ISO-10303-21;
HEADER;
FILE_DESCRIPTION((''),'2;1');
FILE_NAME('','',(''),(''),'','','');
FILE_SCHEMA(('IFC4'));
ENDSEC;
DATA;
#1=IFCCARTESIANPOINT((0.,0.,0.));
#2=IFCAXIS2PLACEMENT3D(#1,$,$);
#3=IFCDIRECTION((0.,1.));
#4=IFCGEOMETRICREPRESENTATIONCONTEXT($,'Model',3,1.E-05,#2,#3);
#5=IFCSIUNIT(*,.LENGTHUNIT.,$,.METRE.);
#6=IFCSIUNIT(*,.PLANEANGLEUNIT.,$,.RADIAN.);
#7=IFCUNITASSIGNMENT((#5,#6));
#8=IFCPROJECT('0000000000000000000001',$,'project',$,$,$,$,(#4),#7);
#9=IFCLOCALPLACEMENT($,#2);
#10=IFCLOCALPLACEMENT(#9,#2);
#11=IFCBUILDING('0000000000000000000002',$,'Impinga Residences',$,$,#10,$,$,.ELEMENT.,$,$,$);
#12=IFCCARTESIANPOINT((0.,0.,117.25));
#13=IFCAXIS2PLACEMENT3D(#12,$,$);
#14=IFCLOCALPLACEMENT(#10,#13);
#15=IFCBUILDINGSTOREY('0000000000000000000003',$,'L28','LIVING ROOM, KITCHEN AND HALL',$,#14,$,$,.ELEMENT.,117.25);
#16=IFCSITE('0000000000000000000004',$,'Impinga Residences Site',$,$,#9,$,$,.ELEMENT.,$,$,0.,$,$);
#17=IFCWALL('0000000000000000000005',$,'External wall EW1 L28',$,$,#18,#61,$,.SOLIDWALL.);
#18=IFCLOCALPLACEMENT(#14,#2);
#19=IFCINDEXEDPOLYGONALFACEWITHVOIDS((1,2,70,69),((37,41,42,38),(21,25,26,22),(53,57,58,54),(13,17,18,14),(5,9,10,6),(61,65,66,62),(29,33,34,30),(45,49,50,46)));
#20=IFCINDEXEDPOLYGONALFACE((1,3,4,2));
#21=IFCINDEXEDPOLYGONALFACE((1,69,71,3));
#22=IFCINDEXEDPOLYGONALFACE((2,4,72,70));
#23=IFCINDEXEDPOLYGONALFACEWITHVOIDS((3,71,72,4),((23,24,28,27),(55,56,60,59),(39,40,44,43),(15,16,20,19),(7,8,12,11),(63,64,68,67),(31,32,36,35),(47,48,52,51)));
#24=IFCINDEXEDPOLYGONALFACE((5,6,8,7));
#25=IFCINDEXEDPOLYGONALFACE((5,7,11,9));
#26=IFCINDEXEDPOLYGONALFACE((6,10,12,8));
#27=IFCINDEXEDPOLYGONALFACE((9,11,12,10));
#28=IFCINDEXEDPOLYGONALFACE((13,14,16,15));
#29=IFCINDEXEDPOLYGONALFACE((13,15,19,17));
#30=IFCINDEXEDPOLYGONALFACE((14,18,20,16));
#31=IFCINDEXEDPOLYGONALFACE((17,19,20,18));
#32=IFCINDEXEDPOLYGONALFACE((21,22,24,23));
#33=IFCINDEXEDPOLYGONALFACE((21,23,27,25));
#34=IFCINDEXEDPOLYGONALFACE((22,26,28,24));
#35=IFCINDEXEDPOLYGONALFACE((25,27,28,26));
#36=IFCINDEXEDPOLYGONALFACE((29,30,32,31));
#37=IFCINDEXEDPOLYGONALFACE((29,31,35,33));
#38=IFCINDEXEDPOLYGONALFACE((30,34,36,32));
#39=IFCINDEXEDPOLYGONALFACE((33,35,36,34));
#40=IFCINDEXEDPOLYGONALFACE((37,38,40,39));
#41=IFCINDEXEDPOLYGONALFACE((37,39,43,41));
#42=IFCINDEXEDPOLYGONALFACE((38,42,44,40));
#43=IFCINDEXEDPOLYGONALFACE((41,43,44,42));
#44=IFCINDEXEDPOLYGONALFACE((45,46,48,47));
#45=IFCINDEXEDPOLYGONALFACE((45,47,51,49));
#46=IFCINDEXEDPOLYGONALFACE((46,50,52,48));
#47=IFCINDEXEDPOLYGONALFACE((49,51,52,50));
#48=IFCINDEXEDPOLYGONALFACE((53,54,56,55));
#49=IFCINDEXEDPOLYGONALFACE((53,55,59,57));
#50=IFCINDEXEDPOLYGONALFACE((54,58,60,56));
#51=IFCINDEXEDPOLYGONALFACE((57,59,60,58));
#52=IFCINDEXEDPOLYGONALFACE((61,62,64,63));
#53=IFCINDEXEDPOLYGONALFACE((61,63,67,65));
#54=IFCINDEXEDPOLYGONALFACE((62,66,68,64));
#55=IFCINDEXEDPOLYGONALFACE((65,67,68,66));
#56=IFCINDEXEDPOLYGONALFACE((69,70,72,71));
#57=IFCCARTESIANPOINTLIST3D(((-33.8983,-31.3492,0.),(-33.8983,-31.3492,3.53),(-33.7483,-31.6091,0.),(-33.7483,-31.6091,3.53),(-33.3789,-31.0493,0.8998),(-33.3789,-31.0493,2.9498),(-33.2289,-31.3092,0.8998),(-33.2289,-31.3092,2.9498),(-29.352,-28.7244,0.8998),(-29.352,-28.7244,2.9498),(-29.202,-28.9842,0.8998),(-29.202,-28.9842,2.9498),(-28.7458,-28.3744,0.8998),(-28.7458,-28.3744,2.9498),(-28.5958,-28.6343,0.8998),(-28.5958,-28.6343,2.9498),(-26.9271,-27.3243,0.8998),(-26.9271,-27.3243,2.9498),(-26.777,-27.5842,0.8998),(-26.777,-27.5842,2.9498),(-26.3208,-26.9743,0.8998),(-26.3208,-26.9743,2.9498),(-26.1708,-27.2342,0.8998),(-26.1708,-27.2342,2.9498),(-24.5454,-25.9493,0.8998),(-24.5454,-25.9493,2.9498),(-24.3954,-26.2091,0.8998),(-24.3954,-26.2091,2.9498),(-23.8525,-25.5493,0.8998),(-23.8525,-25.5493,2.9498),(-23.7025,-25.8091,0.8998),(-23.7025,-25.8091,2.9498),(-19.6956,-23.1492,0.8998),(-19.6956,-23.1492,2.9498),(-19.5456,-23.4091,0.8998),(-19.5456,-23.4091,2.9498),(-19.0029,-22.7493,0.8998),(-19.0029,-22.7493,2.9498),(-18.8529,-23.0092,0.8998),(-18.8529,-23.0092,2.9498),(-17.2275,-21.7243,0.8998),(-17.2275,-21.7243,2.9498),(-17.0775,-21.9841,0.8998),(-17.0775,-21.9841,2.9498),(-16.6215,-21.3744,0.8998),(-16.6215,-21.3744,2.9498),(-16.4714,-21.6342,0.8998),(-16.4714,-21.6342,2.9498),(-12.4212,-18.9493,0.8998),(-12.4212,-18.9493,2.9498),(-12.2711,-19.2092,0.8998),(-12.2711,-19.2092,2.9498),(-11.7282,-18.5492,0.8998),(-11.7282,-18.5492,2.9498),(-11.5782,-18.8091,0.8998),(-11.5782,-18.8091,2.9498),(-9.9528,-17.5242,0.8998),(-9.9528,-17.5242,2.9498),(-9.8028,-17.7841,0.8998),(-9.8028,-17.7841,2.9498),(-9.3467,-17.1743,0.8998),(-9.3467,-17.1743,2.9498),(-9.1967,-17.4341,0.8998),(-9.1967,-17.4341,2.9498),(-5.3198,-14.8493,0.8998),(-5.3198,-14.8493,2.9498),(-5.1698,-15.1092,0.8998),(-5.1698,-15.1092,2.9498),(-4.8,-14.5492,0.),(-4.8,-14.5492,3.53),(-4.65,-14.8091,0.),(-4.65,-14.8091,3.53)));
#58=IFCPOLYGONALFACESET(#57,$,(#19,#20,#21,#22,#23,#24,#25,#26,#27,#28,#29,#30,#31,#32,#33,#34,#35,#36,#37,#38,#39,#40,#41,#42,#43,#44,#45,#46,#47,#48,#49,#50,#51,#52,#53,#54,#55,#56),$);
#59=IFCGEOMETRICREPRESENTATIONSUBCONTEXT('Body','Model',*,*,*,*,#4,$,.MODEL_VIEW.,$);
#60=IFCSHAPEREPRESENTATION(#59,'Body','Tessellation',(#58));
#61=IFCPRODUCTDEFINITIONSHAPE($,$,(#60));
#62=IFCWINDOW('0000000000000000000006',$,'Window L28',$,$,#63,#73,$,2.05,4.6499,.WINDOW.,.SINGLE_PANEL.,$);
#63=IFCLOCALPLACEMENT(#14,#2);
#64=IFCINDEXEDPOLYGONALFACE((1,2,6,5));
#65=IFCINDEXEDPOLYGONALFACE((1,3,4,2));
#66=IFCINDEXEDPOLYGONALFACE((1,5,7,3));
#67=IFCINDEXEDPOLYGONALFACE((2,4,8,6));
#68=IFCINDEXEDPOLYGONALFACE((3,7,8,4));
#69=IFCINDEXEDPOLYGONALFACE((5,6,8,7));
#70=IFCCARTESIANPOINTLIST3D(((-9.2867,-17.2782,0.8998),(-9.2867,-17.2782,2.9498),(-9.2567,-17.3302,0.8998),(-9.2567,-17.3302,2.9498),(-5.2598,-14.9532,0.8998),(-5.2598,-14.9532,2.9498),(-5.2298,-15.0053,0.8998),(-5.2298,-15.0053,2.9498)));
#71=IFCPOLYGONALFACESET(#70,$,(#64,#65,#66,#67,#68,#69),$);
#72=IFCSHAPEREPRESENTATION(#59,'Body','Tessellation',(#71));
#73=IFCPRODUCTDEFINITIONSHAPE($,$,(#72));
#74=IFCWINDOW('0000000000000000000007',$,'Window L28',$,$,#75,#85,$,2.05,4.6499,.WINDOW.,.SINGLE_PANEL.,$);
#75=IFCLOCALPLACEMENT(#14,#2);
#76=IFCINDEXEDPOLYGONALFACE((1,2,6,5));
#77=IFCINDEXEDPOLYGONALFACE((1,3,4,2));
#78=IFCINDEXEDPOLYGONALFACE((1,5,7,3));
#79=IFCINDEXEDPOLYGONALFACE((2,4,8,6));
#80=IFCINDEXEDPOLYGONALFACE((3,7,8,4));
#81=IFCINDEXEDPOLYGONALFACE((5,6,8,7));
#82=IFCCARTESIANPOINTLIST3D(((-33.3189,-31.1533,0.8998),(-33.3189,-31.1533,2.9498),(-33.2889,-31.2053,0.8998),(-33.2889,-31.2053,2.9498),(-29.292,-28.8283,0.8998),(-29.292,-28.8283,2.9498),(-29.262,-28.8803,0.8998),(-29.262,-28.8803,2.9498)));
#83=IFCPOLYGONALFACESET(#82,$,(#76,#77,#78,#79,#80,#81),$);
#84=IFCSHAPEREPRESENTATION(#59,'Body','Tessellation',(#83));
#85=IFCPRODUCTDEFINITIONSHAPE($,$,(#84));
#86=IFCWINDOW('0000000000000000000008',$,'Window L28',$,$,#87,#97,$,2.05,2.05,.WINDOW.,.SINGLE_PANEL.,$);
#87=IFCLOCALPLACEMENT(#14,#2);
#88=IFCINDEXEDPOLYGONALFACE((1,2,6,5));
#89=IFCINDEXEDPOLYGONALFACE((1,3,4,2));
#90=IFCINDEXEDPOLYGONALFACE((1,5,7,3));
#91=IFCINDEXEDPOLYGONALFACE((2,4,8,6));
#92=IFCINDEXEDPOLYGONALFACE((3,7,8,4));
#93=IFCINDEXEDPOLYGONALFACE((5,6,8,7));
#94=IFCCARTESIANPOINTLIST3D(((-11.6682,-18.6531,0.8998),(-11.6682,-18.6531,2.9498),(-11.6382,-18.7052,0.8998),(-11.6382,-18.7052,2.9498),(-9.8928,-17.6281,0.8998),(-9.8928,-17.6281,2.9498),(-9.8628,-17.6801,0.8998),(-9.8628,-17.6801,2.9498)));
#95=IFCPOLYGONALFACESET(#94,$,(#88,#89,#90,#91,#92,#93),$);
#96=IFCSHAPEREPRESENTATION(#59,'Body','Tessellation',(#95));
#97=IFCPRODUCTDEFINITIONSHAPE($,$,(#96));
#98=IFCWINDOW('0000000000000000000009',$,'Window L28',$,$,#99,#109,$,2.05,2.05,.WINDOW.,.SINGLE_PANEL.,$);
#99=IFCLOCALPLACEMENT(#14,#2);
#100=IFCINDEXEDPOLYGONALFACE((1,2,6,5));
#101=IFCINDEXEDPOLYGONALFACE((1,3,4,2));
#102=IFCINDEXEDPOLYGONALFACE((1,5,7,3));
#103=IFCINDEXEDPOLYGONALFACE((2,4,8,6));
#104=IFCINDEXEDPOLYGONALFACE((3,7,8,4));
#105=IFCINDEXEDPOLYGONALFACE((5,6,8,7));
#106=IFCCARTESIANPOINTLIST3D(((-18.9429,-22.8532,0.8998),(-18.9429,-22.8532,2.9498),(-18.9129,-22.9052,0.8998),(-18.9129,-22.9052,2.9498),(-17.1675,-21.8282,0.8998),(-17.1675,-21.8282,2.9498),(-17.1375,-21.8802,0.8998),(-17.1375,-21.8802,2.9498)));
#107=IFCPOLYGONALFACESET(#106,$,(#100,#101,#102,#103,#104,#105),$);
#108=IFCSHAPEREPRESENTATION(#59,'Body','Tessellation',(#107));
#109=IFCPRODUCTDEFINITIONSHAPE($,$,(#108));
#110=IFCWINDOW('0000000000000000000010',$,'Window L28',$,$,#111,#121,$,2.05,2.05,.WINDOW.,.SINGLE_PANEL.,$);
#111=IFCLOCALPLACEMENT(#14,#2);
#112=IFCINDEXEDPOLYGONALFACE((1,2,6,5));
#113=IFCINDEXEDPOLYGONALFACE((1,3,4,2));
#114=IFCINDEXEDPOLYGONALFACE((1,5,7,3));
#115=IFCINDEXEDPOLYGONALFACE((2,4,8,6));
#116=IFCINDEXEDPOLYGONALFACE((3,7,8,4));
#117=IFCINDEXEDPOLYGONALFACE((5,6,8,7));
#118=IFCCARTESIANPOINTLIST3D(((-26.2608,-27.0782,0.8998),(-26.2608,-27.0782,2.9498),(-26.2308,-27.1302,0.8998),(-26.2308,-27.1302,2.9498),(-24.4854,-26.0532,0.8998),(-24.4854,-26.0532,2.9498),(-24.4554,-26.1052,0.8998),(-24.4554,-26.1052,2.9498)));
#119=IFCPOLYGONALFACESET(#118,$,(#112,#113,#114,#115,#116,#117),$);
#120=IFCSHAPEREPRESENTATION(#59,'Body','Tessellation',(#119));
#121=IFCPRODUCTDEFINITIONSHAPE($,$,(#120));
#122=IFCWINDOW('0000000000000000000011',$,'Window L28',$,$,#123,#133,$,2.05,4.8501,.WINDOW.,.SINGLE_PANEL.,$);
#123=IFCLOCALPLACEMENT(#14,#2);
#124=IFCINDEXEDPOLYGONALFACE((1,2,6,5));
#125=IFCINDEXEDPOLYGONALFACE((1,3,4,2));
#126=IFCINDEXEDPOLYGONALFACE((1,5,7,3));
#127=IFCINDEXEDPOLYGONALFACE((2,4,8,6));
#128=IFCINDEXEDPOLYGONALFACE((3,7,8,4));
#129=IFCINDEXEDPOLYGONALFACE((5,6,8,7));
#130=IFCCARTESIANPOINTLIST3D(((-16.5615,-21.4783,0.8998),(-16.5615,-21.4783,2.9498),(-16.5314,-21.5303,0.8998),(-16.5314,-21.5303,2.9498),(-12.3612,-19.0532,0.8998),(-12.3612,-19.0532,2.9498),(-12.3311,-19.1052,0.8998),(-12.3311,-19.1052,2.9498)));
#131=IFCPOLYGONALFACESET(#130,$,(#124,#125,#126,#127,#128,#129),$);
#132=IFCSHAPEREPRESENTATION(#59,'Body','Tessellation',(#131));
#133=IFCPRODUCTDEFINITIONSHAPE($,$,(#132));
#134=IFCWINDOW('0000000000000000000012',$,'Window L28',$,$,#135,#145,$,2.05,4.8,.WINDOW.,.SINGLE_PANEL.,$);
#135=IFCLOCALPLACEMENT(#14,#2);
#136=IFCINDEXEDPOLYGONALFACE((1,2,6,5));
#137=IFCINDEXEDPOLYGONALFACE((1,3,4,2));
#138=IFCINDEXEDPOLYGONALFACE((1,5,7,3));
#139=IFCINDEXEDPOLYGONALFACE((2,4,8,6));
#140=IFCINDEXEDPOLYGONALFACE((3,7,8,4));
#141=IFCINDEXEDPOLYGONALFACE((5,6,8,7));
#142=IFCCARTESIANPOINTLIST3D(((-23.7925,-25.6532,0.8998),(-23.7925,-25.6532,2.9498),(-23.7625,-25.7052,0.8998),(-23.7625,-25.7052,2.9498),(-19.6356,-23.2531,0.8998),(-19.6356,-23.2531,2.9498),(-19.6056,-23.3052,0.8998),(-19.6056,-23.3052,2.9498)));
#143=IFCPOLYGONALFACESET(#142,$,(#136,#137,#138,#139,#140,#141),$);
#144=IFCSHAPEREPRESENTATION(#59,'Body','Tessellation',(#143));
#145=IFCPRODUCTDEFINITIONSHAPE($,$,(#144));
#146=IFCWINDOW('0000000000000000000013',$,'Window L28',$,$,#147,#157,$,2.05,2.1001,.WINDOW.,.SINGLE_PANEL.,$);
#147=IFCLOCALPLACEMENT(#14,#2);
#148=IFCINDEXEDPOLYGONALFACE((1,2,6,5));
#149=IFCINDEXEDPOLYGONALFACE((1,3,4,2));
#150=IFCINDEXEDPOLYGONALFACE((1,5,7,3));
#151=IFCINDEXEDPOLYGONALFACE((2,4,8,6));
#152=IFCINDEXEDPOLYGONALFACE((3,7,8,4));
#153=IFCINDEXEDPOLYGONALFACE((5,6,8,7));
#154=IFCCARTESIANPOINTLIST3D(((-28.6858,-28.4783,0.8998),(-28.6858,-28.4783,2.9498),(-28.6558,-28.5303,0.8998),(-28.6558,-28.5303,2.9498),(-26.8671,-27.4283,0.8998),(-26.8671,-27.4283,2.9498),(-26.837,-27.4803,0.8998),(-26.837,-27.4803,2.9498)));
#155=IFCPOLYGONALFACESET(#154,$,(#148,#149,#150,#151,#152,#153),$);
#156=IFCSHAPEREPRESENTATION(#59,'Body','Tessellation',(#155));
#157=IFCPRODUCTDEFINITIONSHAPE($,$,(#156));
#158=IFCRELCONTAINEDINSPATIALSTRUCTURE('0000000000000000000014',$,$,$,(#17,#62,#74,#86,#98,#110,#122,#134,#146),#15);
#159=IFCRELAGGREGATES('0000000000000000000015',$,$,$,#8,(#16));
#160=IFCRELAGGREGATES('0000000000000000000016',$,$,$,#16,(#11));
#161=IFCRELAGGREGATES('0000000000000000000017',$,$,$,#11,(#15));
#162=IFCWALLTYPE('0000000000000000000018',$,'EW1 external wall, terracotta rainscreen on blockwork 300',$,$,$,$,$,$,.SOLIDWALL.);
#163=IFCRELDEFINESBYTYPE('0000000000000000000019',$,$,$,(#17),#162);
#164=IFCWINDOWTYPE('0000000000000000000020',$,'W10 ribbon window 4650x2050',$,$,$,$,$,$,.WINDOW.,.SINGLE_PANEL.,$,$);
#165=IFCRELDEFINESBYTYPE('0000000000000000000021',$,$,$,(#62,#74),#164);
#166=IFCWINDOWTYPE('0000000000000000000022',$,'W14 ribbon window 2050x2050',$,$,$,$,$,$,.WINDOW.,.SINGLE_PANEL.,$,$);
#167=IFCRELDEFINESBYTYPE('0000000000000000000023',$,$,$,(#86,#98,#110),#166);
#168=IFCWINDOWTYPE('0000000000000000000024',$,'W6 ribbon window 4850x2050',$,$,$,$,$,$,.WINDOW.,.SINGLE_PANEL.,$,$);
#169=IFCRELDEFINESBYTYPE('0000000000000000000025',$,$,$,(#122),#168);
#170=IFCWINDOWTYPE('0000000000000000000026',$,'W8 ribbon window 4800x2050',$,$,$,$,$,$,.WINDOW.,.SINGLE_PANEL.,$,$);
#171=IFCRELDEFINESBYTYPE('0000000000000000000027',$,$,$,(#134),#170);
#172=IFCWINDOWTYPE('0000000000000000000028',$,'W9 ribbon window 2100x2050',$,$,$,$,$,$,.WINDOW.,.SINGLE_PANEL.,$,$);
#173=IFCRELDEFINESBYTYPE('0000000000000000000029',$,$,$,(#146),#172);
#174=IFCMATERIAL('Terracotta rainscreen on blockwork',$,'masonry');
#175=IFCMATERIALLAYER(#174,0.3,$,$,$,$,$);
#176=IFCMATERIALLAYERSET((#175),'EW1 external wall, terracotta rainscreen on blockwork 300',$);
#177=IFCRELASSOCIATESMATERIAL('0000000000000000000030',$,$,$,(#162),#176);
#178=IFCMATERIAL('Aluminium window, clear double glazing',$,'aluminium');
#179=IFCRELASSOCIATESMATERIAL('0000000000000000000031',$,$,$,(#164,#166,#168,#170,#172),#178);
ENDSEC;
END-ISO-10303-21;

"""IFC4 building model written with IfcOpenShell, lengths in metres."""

from ifc_helpers import new_model, si_unit, direction, frame, frame_2d, origin, place, context, subcontext, project, spatial, rectangle, extrude, material, layer, layer_set, type_object, element, fill, save


model = new_model("IFC4")

# Units and contexts
model_context = context("Model", 3, precision=1e-05, world=origin(), true_north=direction((0.0, 1.0)))
body_context = subcontext(model_context, "Body", "Model", "MODEL_VIEW")
ifc_project = project(units=[si_unit("LENGTHUNIT", "METRE"), si_unit("PLANEANGLEUNIT", "RADIAN")], contexts=[model_context])

# Site, building, storey
site_placement = place(None, origin())
site = spatial("IfcSite", under=ifc_project, at=site_placement, Name="Impinga Residences Site", CompositionType="ELEMENT", RefElevation=0.0)
building_placement = place(site_placement, origin())
building = spatial("IfcBuilding", under=site, at=building_placement, Name="Impinga Residences", CompositionType="ELEMENT")
storey_placement = place(building_placement, frame((0.0, 0.0, 117.25)))
storey = spatial("IfcBuildingStorey", under=building, at=storey_placement, Name="L28", Description="LIVING ROOM, KITCHEN AND HALL", CompositionType="ELEMENT", Elevation=117.25)

# Shared definitions
ifc_material_1 = material(Name="Terracotta rainscreen on blockwork", Category="masonry")
ifc_layer_1 = layer(ifc_material_1, 0.3)
ifc_layer_set_1 = layer_set([ifc_layer_1], Name="EW1 external wall, terracotta rainscreen on blockwork 300")
wall_type_1 = type_object("IfcWallType", Name="EW1 external wall, terracotta rainscreen on blockwork 300", PredefinedType="SOLIDWALL", material=ifc_layer_set_1)

# Wall, openings, windows
wall_1_placement = place(storey_placement, frame((-4.7251, -14.6792, 0.0), z_axis=(0.0, 0.0, 1.0), x_axis=(-0.866024, -0.500002, 0.0)))
wall_1 = element("IfcWall", 1, at=wall_1_placement, inside=storey, type_object=wall_type_1, Name="External wall EW1 L28", PredefinedType="SOLIDWALL", context=body_context, shape_type="SweptSolid", body=[
    extrude(rectangle(XDim=33.5999, YDim=0.3, at=frame_2d((16.7998, 0.0))), origin(), (0.0, 0.0, 1.0), 3.53),
])
opening_1_placement = place(wall_1_placement, frame((0.6001, 0.0, 0.8999)))
opening_1 = element("IfcOpeningElement", 2, at=opening_1_placement, cuts=wall_1, PredefinedType="OPENING", context=body_context, shape_type="SweptSolid", body=[
    extrude(rectangle(XDim=4.6499, YDim=2.05, at=frame_2d((2.325, 1.0249))), frame((0.0, 0.1599, 0.0), z_axis=(0.0, -1.0, 0.0), x_axis=(1.0, 0.0, 0.0)), (0.0, 0.0, 1.0), 0.3201),
])
opening_2_placement = place(wall_1_placement, frame((5.95, 0.0, 0.8999)))
opening_2 = element("IfcOpeningElement", 3, at=opening_2_placement, cuts=wall_1, PredefinedType="OPENING", context=body_context, shape_type="SweptSolid", body=[
    extrude(rectangle(XDim=2.05, YDim=2.05, at=frame_2d((1.0249, 1.0249))), frame((0.0, 0.1599, 0.0), z_axis=(0.0, -1.0, 0.0), x_axis=(1.0, 0.0, 0.0)), (0.0, 0.0, 1.0), 0.3201),
])
opening_3_placement = place(wall_1_placement, frame((8.8, 0.0, 0.8999)))
opening_3 = element("IfcOpeningElement", 4, at=opening_3_placement, cuts=wall_1, PredefinedType="OPENING", context=body_context, shape_type="SweptSolid", body=[
    extrude(rectangle(XDim=4.8501, YDim=2.05, at=frame_2d((2.425, 1.0249))), frame((0.0, 0.1599, 0.0), z_axis=(0.0, -1.0, 0.0), x_axis=(1.0, 0.0, 0.0)), (0.0, 0.0, 1.0), 0.3201),
])
opening_4_placement = place(wall_1_placement, frame((14.3501, 0.0, 0.8999)))
opening_4 = element("IfcOpeningElement", 5, at=opening_4_placement, cuts=wall_1, PredefinedType="OPENING", context=body_context, shape_type="SweptSolid", body=[
    extrude(rectangle(XDim=2.05, YDim=2.05, at=frame_2d((1.0249, 1.0249))), frame((0.0, 0.1599, 0.0), z_axis=(0.0, -1.0, 0.0), x_axis=(1.0, 0.0, 0.0)), (0.0, 0.0, 1.0), 0.3201),
])
opening_5_placement = place(wall_1_placement, frame((17.2, 0.0, 0.8999)))
opening_5 = element("IfcOpeningElement", 6, at=opening_5_placement, cuts=wall_1, PredefinedType="OPENING", context=body_context, shape_type="SweptSolid", body=[
    extrude(rectangle(XDim=4.8, YDim=2.05, at=frame_2d((2.3999, 1.0249))), frame((0.0, 0.1599, 0.0), z_axis=(0.0, -1.0, 0.0), x_axis=(1.0, 0.0, 0.0)), (0.0, 0.0, 1.0), 0.3201),
])
opening_6_placement = place(wall_1_placement, frame((22.8, 0.0, 0.8999)))
opening_6 = element("IfcOpeningElement", 7, at=opening_6_placement, cuts=wall_1, PredefinedType="OPENING", context=body_context, shape_type="SweptSolid", body=[
    extrude(rectangle(XDim=2.05, YDim=2.05, at=frame_2d((1.0249, 1.0249))), frame((0.0, 0.1599, 0.0), z_axis=(0.0, -1.0, 0.0), x_axis=(1.0, 0.0, 0.0)), (0.0, 0.0, 1.0), 0.3201),
])
opening_7_placement = place(wall_1_placement, frame((25.55, 0.0, 0.8999)))
opening_7 = element("IfcOpeningElement", 8, at=opening_7_placement, cuts=wall_1, PredefinedType="OPENING", context=body_context, shape_type="SweptSolid", body=[
    extrude(rectangle(XDim=2.1001, YDim=2.05, at=frame_2d((1.05, 1.0249))), frame((0.0, 0.1599, 0.0), z_axis=(0.0, -1.0, 0.0), x_axis=(1.0, 0.0, 0.0)), (0.0, 0.0, 1.0), 0.3201),
])
opening_8_placement = place(wall_1_placement, frame((28.3501, 0.0, 0.8999)))
opening_8 = element("IfcOpeningElement", 9, at=opening_8_placement, cuts=wall_1, PredefinedType="OPENING", context=body_context, shape_type="SweptSolid", body=[
    extrude(rectangle(XDim=4.6499, YDim=2.05, at=frame_2d((2.325, 1.0249))), frame((0.0, 0.1599, 0.0), z_axis=(0.0, -1.0, 0.0), x_axis=(1.0, 0.0, 0.0)), (0.0, 0.0, 1.0), 0.3201),
])
ifc_material_2 = material(Name="Aluminium window, clear double glazing", Category="aluminium")
window_type_1 = type_object("IfcWindowType", Name="W10 ribbon window 4650x2050", PartitioningType="SINGLE_PANEL", PredefinedType="WINDOW", material=ifc_material_2)
window_1_placement = place(opening_1_placement, origin())
window_1 = element("IfcWindow", 10, at=window_1_placement, inside=storey, type_object=window_type_1, Name="Window L28", OverallHeight=2.05, OverallWidth=4.6499, PartitioningType="SINGLE_PANEL", PredefinedType="WINDOW", context=body_context, shape_type="SweptSolid", body=[
    extrude(rectangle(XDim=4.6499, YDim=2.05, at=frame_2d((2.325, 1.0249))), frame((0.0, 0.03, 0.0), z_axis=(0.0, -1.0, 0.0), x_axis=(1.0, 0.0, 0.0)), (0.0, 0.0, 1.0), 0.0601),
])
fill(opening_1, window_1)
window_2_placement = place(opening_8_placement, origin())
window_2 = element("IfcWindow", 11, at=window_2_placement, inside=storey, type_object=window_type_1, Name="Window L28", OverallHeight=2.05, OverallWidth=4.6499, PartitioningType="SINGLE_PANEL", PredefinedType="WINDOW", context=body_context, shape_type="SweptSolid", body=[
    extrude(rectangle(XDim=4.6499, YDim=2.05, at=frame_2d((2.325, 1.0249))), frame((0.0, 0.03, 0.0), z_axis=(0.0, -1.0, 0.0), x_axis=(1.0, 0.0, 0.0)), (0.0, 0.0, 1.0), 0.0601),
])
fill(opening_8, window_2)
window_type_2 = type_object("IfcWindowType", Name="W14 ribbon window 2050x2050", PartitioningType="SINGLE_PANEL", PredefinedType="WINDOW", material=ifc_material_2)
window_3_placement = place(opening_2_placement, origin())
window_3 = element("IfcWindow", 12, at=window_3_placement, inside=storey, type_object=window_type_2, Name="Window L28", OverallHeight=2.05, OverallWidth=2.05, PartitioningType="SINGLE_PANEL", PredefinedType="WINDOW", context=body_context, shape_type="SweptSolid", body=[
    extrude(rectangle(XDim=2.05, YDim=2.05, at=frame_2d((1.0249, 1.0249))), frame((0.0, 0.03, 0.0), z_axis=(0.0, -1.0, 0.0), x_axis=(1.0, 0.0, 0.0)), (0.0, 0.0, 1.0), 0.0601),
])
fill(opening_2, window_3)
window_4_placement = place(opening_4_placement, origin())
window_4 = element("IfcWindow", 13, at=window_4_placement, inside=storey, type_object=window_type_2, Name="Window L28", OverallHeight=2.05, OverallWidth=2.05, PartitioningType="SINGLE_PANEL", PredefinedType="WINDOW", context=body_context, shape_type="SweptSolid", body=[
    extrude(rectangle(XDim=2.05, YDim=2.05, at=frame_2d((1.0249, 1.0249))), frame((0.0, 0.03, 0.0), z_axis=(0.0, -1.0, 0.0), x_axis=(1.0, 0.0, 0.0)), (0.0, 0.0, 1.0), 0.0601),
])
fill(opening_4, window_4)
window_5_placement = place(opening_6_placement, origin())
window_5 = element("IfcWindow", 14, at=window_5_placement, inside=storey, type_object=window_type_2, Name="Window L28", OverallHeight=2.05, OverallWidth=2.05, PartitioningType="SINGLE_PANEL", PredefinedType="WINDOW", context=body_context, shape_type="SweptSolid", body=[
    extrude(rectangle(XDim=2.05, YDim=2.05, at=frame_2d((1.0249, 1.0249))), frame((0.0, 0.03, 0.0), z_axis=(0.0, -1.0, 0.0), x_axis=(1.0, 0.0, 0.0)), (0.0, 0.0, 1.0), 0.0601),
])
fill(opening_6, window_5)
window_type_3 = type_object("IfcWindowType", Name="W6 ribbon window 4850x2050", PartitioningType="SINGLE_PANEL", PredefinedType="WINDOW", material=ifc_material_2)
window_6_placement = place(opening_3_placement, origin())
window_6 = element("IfcWindow", 15, at=window_6_placement, inside=storey, type_object=window_type_3, Name="Window L28", OverallHeight=2.05, OverallWidth=4.8501, PartitioningType="SINGLE_PANEL", PredefinedType="WINDOW", context=body_context, shape_type="SweptSolid", body=[
    extrude(rectangle(XDim=4.8501, YDim=2.05, at=frame_2d((2.425, 1.0249))), frame((0.0, 0.03, 0.0), z_axis=(0.0, -1.0, 0.0), x_axis=(1.0, 0.0, 0.0)), (0.0, 0.0, 1.0), 0.0601),
])
fill(opening_3, window_6)
window_type_4 = type_object("IfcWindowType", Name="W8 ribbon window 4800x2050", PartitioningType="SINGLE_PANEL", PredefinedType="WINDOW", material=ifc_material_2)
window_7_placement = place(opening_5_placement, origin())
window_7 = element("IfcWindow", 16, at=window_7_placement, inside=storey, type_object=window_type_4, Name="Window L28", OverallHeight=2.05, OverallWidth=4.8, PartitioningType="SINGLE_PANEL", PredefinedType="WINDOW", context=body_context, shape_type="SweptSolid", body=[
    extrude(rectangle(XDim=4.8, YDim=2.05, at=frame_2d((2.3999, 1.0249))), frame((0.0, 0.03, 0.0), z_axis=(0.0, -1.0, 0.0), x_axis=(1.0, 0.0, 0.0)), (0.0, 0.0, 1.0), 0.0601),
])
fill(opening_5, window_7)
window_type_5 = type_object("IfcWindowType", Name="W9 ribbon window 2100x2050", PartitioningType="SINGLE_PANEL", PredefinedType="WINDOW", material=ifc_material_2)
window_8_placement = place(opening_7_placement, origin())
window_8 = element("IfcWindow", 17, at=window_8_placement, inside=storey, type_object=window_type_5, Name="Window L28", OverallHeight=2.05, OverallWidth=2.1001, PartitioningType="SINGLE_PANEL", PredefinedType="WINDOW", context=body_context, shape_type="SweptSolid", body=[
    extrude(rectangle(XDim=2.1001, YDim=2.05, at=frame_2d((1.05, 1.0249))), frame((0.0, 0.03, 0.0), z_axis=(0.0, -1.0, 0.0), x_axis=(1.0, 0.0, 0.0)), (0.0, 0.0, 1.0), 0.0601),
])
fill(opening_7, window_8)

save(model, "model.ifc")
